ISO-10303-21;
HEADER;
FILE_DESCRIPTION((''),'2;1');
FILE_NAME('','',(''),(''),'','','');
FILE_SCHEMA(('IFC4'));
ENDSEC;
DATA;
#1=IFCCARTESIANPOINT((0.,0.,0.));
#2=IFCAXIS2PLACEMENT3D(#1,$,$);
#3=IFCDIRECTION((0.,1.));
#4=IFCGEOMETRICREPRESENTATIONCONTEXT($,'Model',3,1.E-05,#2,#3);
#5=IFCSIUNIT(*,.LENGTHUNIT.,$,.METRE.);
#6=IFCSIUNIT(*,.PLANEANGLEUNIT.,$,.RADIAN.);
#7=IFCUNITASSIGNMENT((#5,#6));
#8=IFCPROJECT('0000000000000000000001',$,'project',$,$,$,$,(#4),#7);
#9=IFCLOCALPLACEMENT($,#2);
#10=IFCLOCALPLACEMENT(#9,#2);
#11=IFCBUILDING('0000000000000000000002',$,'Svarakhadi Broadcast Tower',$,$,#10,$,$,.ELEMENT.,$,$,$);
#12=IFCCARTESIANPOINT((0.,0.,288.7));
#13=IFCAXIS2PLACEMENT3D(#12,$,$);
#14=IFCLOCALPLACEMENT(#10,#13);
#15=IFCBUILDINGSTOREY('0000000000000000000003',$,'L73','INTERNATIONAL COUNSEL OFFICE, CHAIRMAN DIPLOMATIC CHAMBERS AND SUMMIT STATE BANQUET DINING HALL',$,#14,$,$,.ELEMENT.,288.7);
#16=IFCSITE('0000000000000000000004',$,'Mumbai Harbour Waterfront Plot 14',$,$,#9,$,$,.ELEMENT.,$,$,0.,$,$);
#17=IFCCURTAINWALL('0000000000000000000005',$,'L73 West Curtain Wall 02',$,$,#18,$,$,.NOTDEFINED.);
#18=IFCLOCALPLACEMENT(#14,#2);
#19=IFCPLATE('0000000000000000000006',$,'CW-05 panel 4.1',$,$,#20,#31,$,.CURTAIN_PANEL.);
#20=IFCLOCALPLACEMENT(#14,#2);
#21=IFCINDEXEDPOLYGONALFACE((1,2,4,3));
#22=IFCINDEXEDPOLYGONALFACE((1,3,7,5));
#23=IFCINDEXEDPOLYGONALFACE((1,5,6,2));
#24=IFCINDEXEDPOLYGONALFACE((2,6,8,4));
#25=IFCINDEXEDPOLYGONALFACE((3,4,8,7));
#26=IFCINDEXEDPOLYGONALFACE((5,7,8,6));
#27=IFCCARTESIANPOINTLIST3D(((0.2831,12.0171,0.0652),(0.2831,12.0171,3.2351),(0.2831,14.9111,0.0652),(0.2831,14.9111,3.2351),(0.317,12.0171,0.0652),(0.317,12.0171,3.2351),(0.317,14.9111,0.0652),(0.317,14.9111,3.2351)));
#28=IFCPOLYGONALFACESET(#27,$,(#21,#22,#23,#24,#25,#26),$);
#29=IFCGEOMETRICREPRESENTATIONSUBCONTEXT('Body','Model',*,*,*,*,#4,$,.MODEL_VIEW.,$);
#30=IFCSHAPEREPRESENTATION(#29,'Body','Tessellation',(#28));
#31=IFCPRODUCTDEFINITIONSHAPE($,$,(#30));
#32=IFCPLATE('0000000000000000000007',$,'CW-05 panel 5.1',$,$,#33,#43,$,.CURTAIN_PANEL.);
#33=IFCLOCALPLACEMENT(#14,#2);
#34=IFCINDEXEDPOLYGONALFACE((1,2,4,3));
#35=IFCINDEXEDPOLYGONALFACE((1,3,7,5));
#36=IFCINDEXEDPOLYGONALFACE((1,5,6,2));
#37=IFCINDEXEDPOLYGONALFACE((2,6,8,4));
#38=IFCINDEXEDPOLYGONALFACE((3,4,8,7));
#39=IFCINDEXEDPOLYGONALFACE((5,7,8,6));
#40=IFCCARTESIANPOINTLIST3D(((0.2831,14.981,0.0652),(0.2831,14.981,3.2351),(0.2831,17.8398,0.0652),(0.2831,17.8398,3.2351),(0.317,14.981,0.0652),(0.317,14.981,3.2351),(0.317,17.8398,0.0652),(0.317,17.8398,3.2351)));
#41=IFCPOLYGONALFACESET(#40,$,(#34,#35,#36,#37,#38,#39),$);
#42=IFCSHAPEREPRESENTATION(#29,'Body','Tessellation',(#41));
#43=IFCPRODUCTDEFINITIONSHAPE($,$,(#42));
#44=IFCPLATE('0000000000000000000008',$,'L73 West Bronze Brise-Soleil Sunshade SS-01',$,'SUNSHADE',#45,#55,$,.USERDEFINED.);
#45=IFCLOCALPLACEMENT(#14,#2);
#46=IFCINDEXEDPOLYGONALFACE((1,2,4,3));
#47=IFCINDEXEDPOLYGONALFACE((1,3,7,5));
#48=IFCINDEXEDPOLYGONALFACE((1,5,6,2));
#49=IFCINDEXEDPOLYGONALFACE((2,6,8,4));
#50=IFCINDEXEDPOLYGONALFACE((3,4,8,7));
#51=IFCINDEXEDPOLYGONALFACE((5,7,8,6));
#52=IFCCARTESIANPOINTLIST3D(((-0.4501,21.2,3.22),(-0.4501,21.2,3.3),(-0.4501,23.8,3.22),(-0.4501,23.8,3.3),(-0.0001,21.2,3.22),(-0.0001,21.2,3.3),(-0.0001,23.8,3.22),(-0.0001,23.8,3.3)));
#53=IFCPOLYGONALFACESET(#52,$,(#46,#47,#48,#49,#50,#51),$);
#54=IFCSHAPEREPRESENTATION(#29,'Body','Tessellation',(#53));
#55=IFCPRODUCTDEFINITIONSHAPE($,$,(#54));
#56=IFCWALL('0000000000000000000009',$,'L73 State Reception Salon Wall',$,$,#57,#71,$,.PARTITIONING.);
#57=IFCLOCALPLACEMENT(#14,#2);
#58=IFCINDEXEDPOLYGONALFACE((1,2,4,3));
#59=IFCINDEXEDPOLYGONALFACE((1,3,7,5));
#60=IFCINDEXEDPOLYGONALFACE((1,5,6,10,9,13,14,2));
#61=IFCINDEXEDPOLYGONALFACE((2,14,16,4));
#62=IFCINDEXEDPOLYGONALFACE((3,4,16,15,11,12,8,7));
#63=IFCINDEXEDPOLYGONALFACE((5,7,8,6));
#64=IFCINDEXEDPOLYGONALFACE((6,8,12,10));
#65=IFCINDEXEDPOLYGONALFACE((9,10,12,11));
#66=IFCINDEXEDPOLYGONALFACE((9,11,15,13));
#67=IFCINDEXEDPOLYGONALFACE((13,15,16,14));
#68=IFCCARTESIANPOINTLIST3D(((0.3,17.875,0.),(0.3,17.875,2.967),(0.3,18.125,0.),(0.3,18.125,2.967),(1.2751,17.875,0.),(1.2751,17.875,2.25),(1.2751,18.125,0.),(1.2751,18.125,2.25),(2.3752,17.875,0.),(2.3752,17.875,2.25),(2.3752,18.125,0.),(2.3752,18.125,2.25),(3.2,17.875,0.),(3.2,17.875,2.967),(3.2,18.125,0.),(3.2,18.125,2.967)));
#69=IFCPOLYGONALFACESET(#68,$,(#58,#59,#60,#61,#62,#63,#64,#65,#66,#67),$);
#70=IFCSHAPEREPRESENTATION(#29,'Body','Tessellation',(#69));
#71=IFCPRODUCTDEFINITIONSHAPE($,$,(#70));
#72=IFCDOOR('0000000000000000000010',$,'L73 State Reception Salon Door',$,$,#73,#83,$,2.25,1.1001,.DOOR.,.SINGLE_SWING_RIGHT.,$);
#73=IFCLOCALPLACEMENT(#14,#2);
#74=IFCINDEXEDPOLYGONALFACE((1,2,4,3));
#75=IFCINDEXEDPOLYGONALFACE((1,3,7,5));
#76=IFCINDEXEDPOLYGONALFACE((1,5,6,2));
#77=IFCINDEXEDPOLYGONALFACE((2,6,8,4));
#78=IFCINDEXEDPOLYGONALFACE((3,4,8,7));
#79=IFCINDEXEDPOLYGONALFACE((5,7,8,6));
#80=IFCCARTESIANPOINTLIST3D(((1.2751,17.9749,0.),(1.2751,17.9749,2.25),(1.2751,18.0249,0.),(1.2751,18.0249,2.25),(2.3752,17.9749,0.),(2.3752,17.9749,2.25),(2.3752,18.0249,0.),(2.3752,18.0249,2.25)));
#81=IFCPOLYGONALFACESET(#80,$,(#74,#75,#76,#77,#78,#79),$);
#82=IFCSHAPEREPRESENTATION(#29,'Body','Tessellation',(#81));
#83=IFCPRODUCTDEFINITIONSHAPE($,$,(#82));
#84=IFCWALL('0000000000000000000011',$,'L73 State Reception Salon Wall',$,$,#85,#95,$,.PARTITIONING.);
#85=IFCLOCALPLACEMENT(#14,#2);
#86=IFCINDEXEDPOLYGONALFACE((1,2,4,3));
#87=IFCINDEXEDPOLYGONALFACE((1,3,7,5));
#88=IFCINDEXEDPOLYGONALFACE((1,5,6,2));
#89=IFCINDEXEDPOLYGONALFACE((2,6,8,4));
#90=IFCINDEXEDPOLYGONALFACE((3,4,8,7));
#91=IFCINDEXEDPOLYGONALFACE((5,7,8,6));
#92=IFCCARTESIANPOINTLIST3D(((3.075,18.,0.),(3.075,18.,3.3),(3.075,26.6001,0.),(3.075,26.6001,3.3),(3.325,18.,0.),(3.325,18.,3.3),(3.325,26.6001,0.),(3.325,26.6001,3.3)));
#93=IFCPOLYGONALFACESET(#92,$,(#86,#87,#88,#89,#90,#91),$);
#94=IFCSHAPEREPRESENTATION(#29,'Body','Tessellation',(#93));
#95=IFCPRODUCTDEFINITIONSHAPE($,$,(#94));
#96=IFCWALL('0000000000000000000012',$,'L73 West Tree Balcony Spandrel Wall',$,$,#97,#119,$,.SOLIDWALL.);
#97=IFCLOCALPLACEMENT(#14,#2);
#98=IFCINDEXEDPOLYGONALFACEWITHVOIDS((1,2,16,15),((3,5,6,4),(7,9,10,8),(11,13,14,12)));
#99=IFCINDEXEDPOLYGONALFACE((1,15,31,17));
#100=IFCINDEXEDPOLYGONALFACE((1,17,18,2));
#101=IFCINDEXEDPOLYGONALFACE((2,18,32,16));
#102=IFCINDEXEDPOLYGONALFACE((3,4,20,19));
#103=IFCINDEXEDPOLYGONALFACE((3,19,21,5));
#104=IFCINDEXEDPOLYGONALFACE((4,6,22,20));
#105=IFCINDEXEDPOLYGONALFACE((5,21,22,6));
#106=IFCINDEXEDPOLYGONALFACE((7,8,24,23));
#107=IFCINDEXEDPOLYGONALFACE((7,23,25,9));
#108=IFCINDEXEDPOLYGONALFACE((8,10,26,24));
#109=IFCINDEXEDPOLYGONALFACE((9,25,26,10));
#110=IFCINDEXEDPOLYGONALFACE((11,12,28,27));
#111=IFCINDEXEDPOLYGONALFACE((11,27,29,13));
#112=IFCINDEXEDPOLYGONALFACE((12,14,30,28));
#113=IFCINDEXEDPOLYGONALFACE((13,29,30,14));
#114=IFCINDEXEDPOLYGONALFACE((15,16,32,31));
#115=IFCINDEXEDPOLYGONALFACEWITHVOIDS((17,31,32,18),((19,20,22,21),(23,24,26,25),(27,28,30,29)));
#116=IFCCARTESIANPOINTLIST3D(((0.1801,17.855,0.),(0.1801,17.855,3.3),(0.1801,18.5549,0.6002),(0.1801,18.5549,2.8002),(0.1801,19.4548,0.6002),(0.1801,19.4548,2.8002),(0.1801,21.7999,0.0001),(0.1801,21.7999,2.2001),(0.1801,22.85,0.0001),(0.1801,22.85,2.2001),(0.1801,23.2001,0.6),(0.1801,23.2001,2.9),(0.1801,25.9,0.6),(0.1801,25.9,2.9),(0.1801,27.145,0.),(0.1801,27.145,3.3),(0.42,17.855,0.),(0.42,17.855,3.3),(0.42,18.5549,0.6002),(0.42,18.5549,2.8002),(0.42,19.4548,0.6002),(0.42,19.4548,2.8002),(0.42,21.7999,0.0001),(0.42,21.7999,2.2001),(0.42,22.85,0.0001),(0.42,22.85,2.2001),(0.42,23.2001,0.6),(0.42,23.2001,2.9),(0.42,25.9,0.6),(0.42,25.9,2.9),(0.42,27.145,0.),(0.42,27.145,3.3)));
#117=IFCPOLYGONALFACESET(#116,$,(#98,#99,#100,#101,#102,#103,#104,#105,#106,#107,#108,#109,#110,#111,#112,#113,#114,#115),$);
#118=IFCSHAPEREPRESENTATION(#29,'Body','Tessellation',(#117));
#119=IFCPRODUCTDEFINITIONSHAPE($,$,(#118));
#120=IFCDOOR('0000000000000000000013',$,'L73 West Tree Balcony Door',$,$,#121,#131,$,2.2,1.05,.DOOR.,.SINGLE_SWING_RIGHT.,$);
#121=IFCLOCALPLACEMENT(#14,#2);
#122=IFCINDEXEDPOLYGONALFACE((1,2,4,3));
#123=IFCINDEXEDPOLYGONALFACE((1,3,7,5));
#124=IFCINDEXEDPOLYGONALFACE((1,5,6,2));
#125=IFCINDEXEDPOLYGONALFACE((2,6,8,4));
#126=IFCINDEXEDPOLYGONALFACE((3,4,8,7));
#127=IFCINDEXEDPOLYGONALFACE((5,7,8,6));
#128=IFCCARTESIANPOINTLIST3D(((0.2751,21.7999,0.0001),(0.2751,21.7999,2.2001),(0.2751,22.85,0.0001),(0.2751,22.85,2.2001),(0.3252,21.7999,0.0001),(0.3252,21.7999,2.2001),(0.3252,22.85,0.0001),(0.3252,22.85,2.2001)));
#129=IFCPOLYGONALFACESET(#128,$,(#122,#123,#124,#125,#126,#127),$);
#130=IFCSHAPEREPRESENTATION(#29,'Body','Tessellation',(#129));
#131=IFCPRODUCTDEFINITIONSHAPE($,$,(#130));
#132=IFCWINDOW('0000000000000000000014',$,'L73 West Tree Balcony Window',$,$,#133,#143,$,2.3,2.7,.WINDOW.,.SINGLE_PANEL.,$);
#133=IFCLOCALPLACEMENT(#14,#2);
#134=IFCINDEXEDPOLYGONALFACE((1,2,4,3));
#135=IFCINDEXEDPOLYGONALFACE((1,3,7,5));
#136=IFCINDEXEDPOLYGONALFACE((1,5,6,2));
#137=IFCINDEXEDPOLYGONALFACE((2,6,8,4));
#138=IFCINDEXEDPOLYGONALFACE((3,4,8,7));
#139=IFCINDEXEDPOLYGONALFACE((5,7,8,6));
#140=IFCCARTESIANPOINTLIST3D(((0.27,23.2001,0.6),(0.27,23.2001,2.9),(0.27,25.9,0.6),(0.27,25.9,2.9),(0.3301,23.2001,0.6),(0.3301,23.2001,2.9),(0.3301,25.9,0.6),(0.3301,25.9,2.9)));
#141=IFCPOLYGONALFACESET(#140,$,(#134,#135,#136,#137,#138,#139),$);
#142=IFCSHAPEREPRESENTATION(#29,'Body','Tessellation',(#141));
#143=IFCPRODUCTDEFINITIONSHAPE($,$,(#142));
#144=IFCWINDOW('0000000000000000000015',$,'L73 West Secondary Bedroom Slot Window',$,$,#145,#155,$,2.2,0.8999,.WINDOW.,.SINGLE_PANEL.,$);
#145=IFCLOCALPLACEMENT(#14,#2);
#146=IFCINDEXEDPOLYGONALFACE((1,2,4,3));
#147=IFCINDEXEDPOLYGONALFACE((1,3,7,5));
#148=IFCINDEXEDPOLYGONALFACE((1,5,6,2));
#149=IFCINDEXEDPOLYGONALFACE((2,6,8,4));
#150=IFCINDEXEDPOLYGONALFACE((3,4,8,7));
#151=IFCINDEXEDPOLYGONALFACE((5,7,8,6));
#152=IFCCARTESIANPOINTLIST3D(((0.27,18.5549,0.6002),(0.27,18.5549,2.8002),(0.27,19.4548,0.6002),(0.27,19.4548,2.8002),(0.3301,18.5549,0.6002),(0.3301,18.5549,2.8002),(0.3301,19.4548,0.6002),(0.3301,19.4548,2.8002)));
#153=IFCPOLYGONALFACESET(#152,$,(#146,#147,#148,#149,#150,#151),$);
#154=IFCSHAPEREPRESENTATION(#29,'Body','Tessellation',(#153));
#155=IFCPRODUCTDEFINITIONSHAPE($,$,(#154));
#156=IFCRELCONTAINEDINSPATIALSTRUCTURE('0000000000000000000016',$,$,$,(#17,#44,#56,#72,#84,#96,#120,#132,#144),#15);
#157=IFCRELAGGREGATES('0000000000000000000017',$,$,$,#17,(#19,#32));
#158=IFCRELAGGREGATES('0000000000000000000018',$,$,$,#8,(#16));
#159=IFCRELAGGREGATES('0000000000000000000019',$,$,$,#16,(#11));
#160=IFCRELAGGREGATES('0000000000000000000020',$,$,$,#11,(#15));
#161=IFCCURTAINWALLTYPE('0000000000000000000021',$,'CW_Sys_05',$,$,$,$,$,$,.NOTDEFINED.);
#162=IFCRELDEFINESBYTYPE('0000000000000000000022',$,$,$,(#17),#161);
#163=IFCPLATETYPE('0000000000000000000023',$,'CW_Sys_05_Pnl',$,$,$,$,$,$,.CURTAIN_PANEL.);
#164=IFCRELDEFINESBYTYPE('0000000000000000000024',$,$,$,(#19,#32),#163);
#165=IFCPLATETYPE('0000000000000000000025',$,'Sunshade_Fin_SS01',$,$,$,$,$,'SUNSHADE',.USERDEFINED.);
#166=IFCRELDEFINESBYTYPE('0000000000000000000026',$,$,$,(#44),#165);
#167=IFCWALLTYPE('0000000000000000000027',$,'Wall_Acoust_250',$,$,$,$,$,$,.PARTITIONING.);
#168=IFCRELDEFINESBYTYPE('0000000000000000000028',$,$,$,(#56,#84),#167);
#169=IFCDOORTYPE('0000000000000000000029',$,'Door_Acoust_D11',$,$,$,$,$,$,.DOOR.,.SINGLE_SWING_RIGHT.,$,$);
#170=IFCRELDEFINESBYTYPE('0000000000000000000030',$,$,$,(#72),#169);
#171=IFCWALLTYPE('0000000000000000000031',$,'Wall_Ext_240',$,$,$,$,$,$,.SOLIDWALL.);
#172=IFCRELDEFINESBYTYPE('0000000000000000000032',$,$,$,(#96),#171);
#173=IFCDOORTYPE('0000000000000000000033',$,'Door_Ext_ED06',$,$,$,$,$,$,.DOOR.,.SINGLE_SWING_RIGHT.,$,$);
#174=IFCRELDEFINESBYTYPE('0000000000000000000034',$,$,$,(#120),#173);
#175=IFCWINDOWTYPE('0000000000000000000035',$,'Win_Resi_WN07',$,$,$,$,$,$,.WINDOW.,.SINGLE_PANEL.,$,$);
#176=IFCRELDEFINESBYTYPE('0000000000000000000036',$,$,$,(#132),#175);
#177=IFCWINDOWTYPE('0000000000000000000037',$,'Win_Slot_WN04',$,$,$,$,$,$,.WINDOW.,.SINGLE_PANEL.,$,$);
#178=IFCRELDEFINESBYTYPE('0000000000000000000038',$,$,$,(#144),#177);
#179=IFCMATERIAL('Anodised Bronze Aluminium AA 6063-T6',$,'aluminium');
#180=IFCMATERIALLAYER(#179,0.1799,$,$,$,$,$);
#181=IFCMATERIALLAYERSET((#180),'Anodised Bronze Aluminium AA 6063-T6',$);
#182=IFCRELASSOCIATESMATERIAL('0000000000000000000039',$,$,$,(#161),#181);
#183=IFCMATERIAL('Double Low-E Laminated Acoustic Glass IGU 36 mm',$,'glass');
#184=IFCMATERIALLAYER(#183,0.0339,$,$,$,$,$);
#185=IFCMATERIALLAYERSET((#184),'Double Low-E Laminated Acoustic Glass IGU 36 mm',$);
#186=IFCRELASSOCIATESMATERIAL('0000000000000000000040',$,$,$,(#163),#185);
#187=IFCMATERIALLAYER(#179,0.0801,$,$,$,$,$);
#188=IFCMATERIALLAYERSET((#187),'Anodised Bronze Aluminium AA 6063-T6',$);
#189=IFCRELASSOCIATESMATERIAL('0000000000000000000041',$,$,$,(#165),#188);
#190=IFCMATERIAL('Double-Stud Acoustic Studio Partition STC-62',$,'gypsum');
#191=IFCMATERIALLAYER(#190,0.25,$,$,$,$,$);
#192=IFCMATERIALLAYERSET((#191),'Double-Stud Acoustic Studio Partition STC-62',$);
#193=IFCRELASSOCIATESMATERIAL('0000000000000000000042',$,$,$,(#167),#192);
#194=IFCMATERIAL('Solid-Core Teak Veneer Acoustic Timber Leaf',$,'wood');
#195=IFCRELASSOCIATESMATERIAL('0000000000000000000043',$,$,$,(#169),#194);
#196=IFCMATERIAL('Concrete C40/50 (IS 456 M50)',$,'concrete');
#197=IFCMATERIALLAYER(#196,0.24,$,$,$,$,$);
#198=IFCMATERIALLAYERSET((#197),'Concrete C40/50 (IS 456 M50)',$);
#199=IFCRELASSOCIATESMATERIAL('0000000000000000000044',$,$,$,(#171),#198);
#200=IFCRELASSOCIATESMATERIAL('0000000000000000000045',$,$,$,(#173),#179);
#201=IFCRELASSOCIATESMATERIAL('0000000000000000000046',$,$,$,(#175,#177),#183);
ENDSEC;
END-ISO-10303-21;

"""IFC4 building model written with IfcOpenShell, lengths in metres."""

from ifc_helpers import new_model, si_unit, direction, frame, frame_2d, origin, origin_2d, place, context, subcontext, project, spatial, rectangle, extrude, material, layer, layer_set, type_object, element, fill, aggregate, save


model = new_model("IFC4")

# Units and contexts
model_context = context("Model", 3, precision=1e-05, world=origin(), true_north=direction((0.0, 1.0)))
body_context = subcontext(model_context, "Body", "Model", "MODEL_VIEW")
ifc_project = project(units=[si_unit("LENGTHUNIT", "METRE"), si_unit("PLANEANGLEUNIT", "RADIAN")], contexts=[model_context])

# Site, building, storey
site_placement = place(None, origin())
site = spatial("IfcSite", under=ifc_project, at=site_placement, Name="Mumbai Harbour Waterfront Plot 14", CompositionType="ELEMENT", RefElevation=0.0)
building_placement = place(site_placement, origin())
building = spatial("IfcBuilding", under=site, at=building_placement, Name="Svarakhadi Broadcast Tower", CompositionType="ELEMENT")
storey_placement = place(building_placement, frame((0.0, 0.0, 288.7)))
storey = spatial("IfcBuildingStorey", under=building, at=storey_placement, Name="L73", Description="INTERNATIONAL COUNSEL OFFICE, CHAIRMAN DIPLOMATIC CHAMBERS AND SUMMIT STATE BANQUET DINING HALL", CompositionType="ELEMENT", Elevation=288.7)

# Curtain wall
ifc_material_1 = material(Name="Anodised Bronze Aluminium AA 6063-T6", Category="aluminium")
ifc_layer_1 = layer(ifc_material_1, 0.1799)
ifc_layer_set_1 = layer_set([ifc_layer_1], Name="Anodised Bronze Aluminium AA 6063-T6")
curtain_wall_type = type_object("IfcCurtainWallType", Name="CW_Sys_05", PredefinedType="NOTDEFINED", material=ifc_layer_set_1)
curtain_wall_placement = place(storey_placement, origin())
curtain_wall = element("IfcCurtainWall", 1, at=curtain_wall_placement, inside=storey, type_object=curtain_wall_type, Name="L73 West Curtain Wall 02", PredefinedType="NOTDEFINED")

# Plates
ifc_material_2 = material(Name="Double Low-E Laminated Acoustic Glass IGU 36 mm", Category="glass")
ifc_layer_2 = layer(ifc_material_2, 0.0339)
ifc_layer_set_2 = layer_set([ifc_layer_2], Name="Double Low-E Laminated Acoustic Glass IGU 36 mm")
plate_type_1 = type_object("IfcPlateType", Name="CW_Sys_05_Pnl", PredefinedType="CURTAIN_PANEL", material=ifc_layer_set_2)
plate_1_placement = place(storey_placement, frame((0.3, 13.4641, 0.0652), z_axis=(0.0, 0.0, 1.0), x_axis=(0.0, 1.0, 0.0)))
plate_1 = element("IfcPlate", 2, at=plate_1_placement, type_object=plate_type_1, Name="CW-05 panel 4.1", PredefinedType="CURTAIN_PANEL", context=body_context, shape_type="SweptSolid", body=[
    extrude(rectangle(XDim=2.894, YDim=0.0339, at=origin_2d()), origin(), (0.0, 0.0, 1.0), 3.1699),
])
plate_2_placement = place(storey_placement, frame((0.3, 16.4104, 0.0652), z_axis=(0.0, 0.0, 1.0), x_axis=(0.0, 1.0, 0.0)))
plate_2 = element("IfcPlate", 3, at=plate_2_placement, type_object=plate_type_1, Name="CW-05 panel 5.1", PredefinedType="CURTAIN_PANEL", context=body_context, shape_type="SweptSolid", body=[
    extrude(rectangle(XDim=2.8589, YDim=0.0339, at=origin_2d()), origin(), (0.0, 0.0, 1.0), 3.1699),
])
aggregate(curtain_wall, [plate_1, plate_2])
ifc_layer_3 = layer(ifc_material_1, 0.0801)
ifc_layer_set_3 = layer_set([ifc_layer_3], Name="Anodised Bronze Aluminium AA 6063-T6")
plate_type_2 = type_object("IfcPlateType", Name="Sunshade_Fin_SS01", ElementType="SUNSHADE", PredefinedType="USERDEFINED", material=ifc_layer_set_3)
plate_3_placement = place(storey_placement, frame((-0.2251, 22.5, 3.22), z_axis=(0.0, 0.0, 1.0), x_axis=(0.0, 1.0, 0.0)))
element("IfcPlate", 4, at=plate_3_placement, inside=storey, type_object=plate_type_2, Name="L73 West Bronze Brise-Soleil Sunshade SS-01", ObjectType="SUNSHADE", PredefinedType="USERDEFINED", context=body_context, shape_type="SweptSolid", body=[
    extrude(rectangle(XDim=2.6001, YDim=0.45, at=origin_2d()), origin(), (0.0, 0.0, 1.0), 0.0801),
])

# Wall, opening, door
ifc_material_3 = material(Name="Double-Stud Acoustic Studio Partition STC-62", Category="gypsum")
ifc_layer_4 = layer(ifc_material_3, 0.25)
ifc_layer_set_4 = layer_set([ifc_layer_4], Name="Double-Stud Acoustic Studio Partition STC-62")
wall_type_1 = type_object("IfcWallType", Name="Wall_Acoust_250", PredefinedType="PARTITIONING", material=ifc_layer_set_4)
wall_1_placement = place(storey_placement, frame((0.3, 18.0, 0.0), z_axis=(0.0, 0.0, 1.0), x_axis=(1.0, 0.0, 0.0)))
wall_1 = element("IfcWall", 5, at=wall_1_placement, inside=storey, type_object=wall_type_1, Name="L73 State Reception Salon Wall", PredefinedType="PARTITIONING", context=body_context, shape_type="SweptSolid", body=[
    extrude(rectangle(XDim=2.8999, YDim=0.25, at=frame_2d((1.45, 0.0))), origin(), (0.0, 0.0, 1.0), 2.967),
])
opening_1_placement = place(wall_1_placement, frame((0.9751, 0.0, 0.0)))
opening_1 = element("IfcOpeningElement", 6, at=opening_1_placement, cuts=wall_1, PredefinedType="OPENING", context=body_context, shape_type="SweptSolid", body=[
    extrude(rectangle(XDim=1.1001, YDim=2.25, at=frame_2d((0.55, 1.125))), frame((0.0, 0.135, 0.0), z_axis=(0.0, -1.0, 0.0), x_axis=(1.0, 0.0, 0.0)), (0.0, 0.0, 1.0), 0.27),
])
ifc_material_4 = material(Name="Solid-Core Teak Veneer Acoustic Timber Leaf", Category="wood")
door_type_1 = type_object("IfcDoorType", Name="Door_Acoust_D11", OperationType="SINGLE_SWING_RIGHT", PredefinedType="DOOR", material=ifc_material_4)
door_1_placement = place(opening_1_placement, origin())
door_1 = element("IfcDoor", 7, at=door_1_placement, inside=storey, type_object=door_type_1, Name="L73 State Reception Salon Door", OperationType="SINGLE_SWING_RIGHT", OverallHeight=2.25, OverallWidth=1.1001, PredefinedType="DOOR", context=body_context, shape_type="SweptSolid", body=[
    extrude(rectangle(XDim=1.1001, YDim=2.25, at=frame_2d((0.55, 1.125))), frame((0.0, 0.0249, 0.0), z_axis=(0.0, -1.0, 0.0), x_axis=(1.0, 0.0, 0.0)), (0.0, 0.0, 1.0), 0.05),
])
fill(opening_1, door_1)

# Wall
wall_2_placement = place(storey_placement, frame((3.2, 18.0, 0.0), z_axis=(0.0, 0.0, 1.0), x_axis=(0.0, 1.0, 0.0)))
element("IfcWall", 8, at=wall_2_placement, inside=storey, type_object=wall_type_1, Name="L73 State Reception Salon Wall", PredefinedType="PARTITIONING", context=body_context, shape_type="SweptSolid", body=[
    extrude(rectangle(XDim=8.6001, YDim=0.25, at=frame_2d((4.3, 0.0))), origin(), (0.0, 0.0, 1.0), 3.3),
])

# Wall, openings, door, windows
ifc_material_5 = material(Name="Concrete C40/50 (IS 456 M50)", Category="concrete")
ifc_layer_5 = layer(ifc_material_5, 0.24)
ifc_layer_set_5 = layer_set([ifc_layer_5], Name="Concrete C40/50 (IS 456 M50)")
wall_type_2 = type_object("IfcWallType", Name="Wall_Ext_240", PredefinedType="SOLIDWALL", material=ifc_layer_set_5)
wall_3_placement = place(storey_placement, frame((0.3, 17.855, 0.0), z_axis=(0.0, 0.0, 1.0), x_axis=(0.0, 1.0, 0.0)))
wall_3 = element("IfcWall", 9, at=wall_3_placement, inside=storey, type_object=wall_type_2, Name="L73 West Tree Balcony Spandrel Wall", PredefinedType="SOLIDWALL", context=body_context, shape_type="SweptSolid", body=[
    extrude(rectangle(XDim=9.29, YDim=0.24, at=frame_2d((4.645, 0.0))), origin(), (0.0, 0.0, 1.0), 3.3),
])
opening_2_placement = place(wall_3_placement, frame((3.9451, 0.0, 0.0)))
opening_2 = element("IfcOpeningElement", 10, at=opening_2_placement, cuts=wall_3, PredefinedType="OPENING", context=body_context, shape_type="SweptSolid", body=[
    extrude(rectangle(XDim=1.05, YDim=2.2, at=frame_2d((0.5249, 1.1001))), frame((0.0, 0.1299, 0.0), z_axis=(0.0, -1.0, 0.0), x_axis=(1.0, 0.0, 0.0)), (0.0, 0.0, 1.0), 0.26),
])
opening_3_placement = place(wall_3_placement, frame((5.345, 0.0, 0.6001)))
opening_3 = element("IfcOpeningElement", 11, at=opening_3_placement, cuts=wall_3, PredefinedType="OPENING", context=body_context, shape_type="SweptSolid", body=[
    extrude(rectangle(XDim=2.7, YDim=2.3, at=frame_2d((1.3501, 1.1499))), frame((0.0, 0.1299, 0.0), z_axis=(0.0, -1.0, 0.0), x_axis=(1.0, 0.0, 0.0)), (0.0, 0.0, 1.0), 0.26),
])
opening_4_placement = place(wall_3_placement, frame((0.7, 0.0, 0.6001)))
opening_4 = element("IfcOpeningElement", 12, at=opening_4_placement, cuts=wall_3, PredefinedType="OPENING", context=body_context, shape_type="SweptSolid", body=[
    extrude(rectangle(XDim=0.8999, YDim=2.2, at=frame_2d((0.45, 1.1001))), frame((0.0, 0.1299, 0.0), z_axis=(0.0, -1.0, 0.0), x_axis=(1.0, 0.0, 0.0)), (0.0, 0.0, 1.0), 0.26),
])
door_type_2 = type_object("IfcDoorType", Name="Door_Ext_ED06", OperationType="SINGLE_SWING_RIGHT", PredefinedType="DOOR", material=ifc_material_1)
door_2_placement = place(opening_2_placement, origin())
door_2 = element("IfcDoor", 13, at=door_2_placement, inside=storey, type_object=door_type_2, Name="L73 West Tree Balcony Door", OperationType="SINGLE_SWING_RIGHT", OverallHeight=2.2, OverallWidth=1.05, PredefinedType="DOOR", context=body_context, shape_type="SweptSolid", body=[
    extrude(rectangle(XDim=1.05, YDim=2.2, at=frame_2d((0.5249, 1.1001))), frame((0.0, 0.0249, 0.0), z_axis=(0.0, -1.0, 0.0), x_axis=(1.0, 0.0, 0.0)), (0.0, 0.0, 1.0), 0.05),
])
fill(opening_2, door_2)
window_type_1 = type_object("IfcWindowType", Name="Win_Resi_WN07", PartitioningType="SINGLE_PANEL", PredefinedType="WINDOW", material=ifc_material_2)
window_1_placement = place(opening_3_placement, origin())
window_1 = element("IfcWindow", 14, at=window_1_placement, inside=storey, type_object=window_type_1, Name="L73 West Tree Balcony Window", OverallHeight=2.3, OverallWidth=2.7, PartitioningType="SINGLE_PANEL", PredefinedType="WINDOW", context=body_context, shape_type="SweptSolid", body=[
    extrude(rectangle(XDim=2.7, YDim=2.3, at=frame_2d((1.3501, 1.1499))), frame((0.0, 0.03, 0.0), z_axis=(0.0, -1.0, 0.0), x_axis=(1.0, 0.0, 0.0)), (0.0, 0.0, 1.0), 0.0601),
])
fill(opening_3, window_1)
window_type_2 = type_object("IfcWindowType", Name="Win_Slot_WN04", PartitioningType="SINGLE_PANEL", PredefinedType="WINDOW", material=ifc_material_2)
window_2_placement = place(opening_4_placement, origin())
window_2 = element("IfcWindow", 15, at=window_2_placement, inside=storey, type_object=window_type_2, Name="L73 West Secondary Bedroom Slot Window", OverallHeight=2.2, OverallWidth=0.8999, PartitioningType="SINGLE_PANEL", PredefinedType="WINDOW", context=body_context, shape_type="SweptSolid", body=[
    extrude(rectangle(XDim=0.8999, YDim=2.2, at=frame_2d((0.45, 1.1001))), frame((0.0, 0.03, 0.0), z_axis=(0.0, -1.0, 0.0), x_axis=(1.0, 0.0, 0.0)), (0.0, 0.0, 1.0), 0.0601),
])
fill(opening_4, window_2)

save(model, "model.ifc")
